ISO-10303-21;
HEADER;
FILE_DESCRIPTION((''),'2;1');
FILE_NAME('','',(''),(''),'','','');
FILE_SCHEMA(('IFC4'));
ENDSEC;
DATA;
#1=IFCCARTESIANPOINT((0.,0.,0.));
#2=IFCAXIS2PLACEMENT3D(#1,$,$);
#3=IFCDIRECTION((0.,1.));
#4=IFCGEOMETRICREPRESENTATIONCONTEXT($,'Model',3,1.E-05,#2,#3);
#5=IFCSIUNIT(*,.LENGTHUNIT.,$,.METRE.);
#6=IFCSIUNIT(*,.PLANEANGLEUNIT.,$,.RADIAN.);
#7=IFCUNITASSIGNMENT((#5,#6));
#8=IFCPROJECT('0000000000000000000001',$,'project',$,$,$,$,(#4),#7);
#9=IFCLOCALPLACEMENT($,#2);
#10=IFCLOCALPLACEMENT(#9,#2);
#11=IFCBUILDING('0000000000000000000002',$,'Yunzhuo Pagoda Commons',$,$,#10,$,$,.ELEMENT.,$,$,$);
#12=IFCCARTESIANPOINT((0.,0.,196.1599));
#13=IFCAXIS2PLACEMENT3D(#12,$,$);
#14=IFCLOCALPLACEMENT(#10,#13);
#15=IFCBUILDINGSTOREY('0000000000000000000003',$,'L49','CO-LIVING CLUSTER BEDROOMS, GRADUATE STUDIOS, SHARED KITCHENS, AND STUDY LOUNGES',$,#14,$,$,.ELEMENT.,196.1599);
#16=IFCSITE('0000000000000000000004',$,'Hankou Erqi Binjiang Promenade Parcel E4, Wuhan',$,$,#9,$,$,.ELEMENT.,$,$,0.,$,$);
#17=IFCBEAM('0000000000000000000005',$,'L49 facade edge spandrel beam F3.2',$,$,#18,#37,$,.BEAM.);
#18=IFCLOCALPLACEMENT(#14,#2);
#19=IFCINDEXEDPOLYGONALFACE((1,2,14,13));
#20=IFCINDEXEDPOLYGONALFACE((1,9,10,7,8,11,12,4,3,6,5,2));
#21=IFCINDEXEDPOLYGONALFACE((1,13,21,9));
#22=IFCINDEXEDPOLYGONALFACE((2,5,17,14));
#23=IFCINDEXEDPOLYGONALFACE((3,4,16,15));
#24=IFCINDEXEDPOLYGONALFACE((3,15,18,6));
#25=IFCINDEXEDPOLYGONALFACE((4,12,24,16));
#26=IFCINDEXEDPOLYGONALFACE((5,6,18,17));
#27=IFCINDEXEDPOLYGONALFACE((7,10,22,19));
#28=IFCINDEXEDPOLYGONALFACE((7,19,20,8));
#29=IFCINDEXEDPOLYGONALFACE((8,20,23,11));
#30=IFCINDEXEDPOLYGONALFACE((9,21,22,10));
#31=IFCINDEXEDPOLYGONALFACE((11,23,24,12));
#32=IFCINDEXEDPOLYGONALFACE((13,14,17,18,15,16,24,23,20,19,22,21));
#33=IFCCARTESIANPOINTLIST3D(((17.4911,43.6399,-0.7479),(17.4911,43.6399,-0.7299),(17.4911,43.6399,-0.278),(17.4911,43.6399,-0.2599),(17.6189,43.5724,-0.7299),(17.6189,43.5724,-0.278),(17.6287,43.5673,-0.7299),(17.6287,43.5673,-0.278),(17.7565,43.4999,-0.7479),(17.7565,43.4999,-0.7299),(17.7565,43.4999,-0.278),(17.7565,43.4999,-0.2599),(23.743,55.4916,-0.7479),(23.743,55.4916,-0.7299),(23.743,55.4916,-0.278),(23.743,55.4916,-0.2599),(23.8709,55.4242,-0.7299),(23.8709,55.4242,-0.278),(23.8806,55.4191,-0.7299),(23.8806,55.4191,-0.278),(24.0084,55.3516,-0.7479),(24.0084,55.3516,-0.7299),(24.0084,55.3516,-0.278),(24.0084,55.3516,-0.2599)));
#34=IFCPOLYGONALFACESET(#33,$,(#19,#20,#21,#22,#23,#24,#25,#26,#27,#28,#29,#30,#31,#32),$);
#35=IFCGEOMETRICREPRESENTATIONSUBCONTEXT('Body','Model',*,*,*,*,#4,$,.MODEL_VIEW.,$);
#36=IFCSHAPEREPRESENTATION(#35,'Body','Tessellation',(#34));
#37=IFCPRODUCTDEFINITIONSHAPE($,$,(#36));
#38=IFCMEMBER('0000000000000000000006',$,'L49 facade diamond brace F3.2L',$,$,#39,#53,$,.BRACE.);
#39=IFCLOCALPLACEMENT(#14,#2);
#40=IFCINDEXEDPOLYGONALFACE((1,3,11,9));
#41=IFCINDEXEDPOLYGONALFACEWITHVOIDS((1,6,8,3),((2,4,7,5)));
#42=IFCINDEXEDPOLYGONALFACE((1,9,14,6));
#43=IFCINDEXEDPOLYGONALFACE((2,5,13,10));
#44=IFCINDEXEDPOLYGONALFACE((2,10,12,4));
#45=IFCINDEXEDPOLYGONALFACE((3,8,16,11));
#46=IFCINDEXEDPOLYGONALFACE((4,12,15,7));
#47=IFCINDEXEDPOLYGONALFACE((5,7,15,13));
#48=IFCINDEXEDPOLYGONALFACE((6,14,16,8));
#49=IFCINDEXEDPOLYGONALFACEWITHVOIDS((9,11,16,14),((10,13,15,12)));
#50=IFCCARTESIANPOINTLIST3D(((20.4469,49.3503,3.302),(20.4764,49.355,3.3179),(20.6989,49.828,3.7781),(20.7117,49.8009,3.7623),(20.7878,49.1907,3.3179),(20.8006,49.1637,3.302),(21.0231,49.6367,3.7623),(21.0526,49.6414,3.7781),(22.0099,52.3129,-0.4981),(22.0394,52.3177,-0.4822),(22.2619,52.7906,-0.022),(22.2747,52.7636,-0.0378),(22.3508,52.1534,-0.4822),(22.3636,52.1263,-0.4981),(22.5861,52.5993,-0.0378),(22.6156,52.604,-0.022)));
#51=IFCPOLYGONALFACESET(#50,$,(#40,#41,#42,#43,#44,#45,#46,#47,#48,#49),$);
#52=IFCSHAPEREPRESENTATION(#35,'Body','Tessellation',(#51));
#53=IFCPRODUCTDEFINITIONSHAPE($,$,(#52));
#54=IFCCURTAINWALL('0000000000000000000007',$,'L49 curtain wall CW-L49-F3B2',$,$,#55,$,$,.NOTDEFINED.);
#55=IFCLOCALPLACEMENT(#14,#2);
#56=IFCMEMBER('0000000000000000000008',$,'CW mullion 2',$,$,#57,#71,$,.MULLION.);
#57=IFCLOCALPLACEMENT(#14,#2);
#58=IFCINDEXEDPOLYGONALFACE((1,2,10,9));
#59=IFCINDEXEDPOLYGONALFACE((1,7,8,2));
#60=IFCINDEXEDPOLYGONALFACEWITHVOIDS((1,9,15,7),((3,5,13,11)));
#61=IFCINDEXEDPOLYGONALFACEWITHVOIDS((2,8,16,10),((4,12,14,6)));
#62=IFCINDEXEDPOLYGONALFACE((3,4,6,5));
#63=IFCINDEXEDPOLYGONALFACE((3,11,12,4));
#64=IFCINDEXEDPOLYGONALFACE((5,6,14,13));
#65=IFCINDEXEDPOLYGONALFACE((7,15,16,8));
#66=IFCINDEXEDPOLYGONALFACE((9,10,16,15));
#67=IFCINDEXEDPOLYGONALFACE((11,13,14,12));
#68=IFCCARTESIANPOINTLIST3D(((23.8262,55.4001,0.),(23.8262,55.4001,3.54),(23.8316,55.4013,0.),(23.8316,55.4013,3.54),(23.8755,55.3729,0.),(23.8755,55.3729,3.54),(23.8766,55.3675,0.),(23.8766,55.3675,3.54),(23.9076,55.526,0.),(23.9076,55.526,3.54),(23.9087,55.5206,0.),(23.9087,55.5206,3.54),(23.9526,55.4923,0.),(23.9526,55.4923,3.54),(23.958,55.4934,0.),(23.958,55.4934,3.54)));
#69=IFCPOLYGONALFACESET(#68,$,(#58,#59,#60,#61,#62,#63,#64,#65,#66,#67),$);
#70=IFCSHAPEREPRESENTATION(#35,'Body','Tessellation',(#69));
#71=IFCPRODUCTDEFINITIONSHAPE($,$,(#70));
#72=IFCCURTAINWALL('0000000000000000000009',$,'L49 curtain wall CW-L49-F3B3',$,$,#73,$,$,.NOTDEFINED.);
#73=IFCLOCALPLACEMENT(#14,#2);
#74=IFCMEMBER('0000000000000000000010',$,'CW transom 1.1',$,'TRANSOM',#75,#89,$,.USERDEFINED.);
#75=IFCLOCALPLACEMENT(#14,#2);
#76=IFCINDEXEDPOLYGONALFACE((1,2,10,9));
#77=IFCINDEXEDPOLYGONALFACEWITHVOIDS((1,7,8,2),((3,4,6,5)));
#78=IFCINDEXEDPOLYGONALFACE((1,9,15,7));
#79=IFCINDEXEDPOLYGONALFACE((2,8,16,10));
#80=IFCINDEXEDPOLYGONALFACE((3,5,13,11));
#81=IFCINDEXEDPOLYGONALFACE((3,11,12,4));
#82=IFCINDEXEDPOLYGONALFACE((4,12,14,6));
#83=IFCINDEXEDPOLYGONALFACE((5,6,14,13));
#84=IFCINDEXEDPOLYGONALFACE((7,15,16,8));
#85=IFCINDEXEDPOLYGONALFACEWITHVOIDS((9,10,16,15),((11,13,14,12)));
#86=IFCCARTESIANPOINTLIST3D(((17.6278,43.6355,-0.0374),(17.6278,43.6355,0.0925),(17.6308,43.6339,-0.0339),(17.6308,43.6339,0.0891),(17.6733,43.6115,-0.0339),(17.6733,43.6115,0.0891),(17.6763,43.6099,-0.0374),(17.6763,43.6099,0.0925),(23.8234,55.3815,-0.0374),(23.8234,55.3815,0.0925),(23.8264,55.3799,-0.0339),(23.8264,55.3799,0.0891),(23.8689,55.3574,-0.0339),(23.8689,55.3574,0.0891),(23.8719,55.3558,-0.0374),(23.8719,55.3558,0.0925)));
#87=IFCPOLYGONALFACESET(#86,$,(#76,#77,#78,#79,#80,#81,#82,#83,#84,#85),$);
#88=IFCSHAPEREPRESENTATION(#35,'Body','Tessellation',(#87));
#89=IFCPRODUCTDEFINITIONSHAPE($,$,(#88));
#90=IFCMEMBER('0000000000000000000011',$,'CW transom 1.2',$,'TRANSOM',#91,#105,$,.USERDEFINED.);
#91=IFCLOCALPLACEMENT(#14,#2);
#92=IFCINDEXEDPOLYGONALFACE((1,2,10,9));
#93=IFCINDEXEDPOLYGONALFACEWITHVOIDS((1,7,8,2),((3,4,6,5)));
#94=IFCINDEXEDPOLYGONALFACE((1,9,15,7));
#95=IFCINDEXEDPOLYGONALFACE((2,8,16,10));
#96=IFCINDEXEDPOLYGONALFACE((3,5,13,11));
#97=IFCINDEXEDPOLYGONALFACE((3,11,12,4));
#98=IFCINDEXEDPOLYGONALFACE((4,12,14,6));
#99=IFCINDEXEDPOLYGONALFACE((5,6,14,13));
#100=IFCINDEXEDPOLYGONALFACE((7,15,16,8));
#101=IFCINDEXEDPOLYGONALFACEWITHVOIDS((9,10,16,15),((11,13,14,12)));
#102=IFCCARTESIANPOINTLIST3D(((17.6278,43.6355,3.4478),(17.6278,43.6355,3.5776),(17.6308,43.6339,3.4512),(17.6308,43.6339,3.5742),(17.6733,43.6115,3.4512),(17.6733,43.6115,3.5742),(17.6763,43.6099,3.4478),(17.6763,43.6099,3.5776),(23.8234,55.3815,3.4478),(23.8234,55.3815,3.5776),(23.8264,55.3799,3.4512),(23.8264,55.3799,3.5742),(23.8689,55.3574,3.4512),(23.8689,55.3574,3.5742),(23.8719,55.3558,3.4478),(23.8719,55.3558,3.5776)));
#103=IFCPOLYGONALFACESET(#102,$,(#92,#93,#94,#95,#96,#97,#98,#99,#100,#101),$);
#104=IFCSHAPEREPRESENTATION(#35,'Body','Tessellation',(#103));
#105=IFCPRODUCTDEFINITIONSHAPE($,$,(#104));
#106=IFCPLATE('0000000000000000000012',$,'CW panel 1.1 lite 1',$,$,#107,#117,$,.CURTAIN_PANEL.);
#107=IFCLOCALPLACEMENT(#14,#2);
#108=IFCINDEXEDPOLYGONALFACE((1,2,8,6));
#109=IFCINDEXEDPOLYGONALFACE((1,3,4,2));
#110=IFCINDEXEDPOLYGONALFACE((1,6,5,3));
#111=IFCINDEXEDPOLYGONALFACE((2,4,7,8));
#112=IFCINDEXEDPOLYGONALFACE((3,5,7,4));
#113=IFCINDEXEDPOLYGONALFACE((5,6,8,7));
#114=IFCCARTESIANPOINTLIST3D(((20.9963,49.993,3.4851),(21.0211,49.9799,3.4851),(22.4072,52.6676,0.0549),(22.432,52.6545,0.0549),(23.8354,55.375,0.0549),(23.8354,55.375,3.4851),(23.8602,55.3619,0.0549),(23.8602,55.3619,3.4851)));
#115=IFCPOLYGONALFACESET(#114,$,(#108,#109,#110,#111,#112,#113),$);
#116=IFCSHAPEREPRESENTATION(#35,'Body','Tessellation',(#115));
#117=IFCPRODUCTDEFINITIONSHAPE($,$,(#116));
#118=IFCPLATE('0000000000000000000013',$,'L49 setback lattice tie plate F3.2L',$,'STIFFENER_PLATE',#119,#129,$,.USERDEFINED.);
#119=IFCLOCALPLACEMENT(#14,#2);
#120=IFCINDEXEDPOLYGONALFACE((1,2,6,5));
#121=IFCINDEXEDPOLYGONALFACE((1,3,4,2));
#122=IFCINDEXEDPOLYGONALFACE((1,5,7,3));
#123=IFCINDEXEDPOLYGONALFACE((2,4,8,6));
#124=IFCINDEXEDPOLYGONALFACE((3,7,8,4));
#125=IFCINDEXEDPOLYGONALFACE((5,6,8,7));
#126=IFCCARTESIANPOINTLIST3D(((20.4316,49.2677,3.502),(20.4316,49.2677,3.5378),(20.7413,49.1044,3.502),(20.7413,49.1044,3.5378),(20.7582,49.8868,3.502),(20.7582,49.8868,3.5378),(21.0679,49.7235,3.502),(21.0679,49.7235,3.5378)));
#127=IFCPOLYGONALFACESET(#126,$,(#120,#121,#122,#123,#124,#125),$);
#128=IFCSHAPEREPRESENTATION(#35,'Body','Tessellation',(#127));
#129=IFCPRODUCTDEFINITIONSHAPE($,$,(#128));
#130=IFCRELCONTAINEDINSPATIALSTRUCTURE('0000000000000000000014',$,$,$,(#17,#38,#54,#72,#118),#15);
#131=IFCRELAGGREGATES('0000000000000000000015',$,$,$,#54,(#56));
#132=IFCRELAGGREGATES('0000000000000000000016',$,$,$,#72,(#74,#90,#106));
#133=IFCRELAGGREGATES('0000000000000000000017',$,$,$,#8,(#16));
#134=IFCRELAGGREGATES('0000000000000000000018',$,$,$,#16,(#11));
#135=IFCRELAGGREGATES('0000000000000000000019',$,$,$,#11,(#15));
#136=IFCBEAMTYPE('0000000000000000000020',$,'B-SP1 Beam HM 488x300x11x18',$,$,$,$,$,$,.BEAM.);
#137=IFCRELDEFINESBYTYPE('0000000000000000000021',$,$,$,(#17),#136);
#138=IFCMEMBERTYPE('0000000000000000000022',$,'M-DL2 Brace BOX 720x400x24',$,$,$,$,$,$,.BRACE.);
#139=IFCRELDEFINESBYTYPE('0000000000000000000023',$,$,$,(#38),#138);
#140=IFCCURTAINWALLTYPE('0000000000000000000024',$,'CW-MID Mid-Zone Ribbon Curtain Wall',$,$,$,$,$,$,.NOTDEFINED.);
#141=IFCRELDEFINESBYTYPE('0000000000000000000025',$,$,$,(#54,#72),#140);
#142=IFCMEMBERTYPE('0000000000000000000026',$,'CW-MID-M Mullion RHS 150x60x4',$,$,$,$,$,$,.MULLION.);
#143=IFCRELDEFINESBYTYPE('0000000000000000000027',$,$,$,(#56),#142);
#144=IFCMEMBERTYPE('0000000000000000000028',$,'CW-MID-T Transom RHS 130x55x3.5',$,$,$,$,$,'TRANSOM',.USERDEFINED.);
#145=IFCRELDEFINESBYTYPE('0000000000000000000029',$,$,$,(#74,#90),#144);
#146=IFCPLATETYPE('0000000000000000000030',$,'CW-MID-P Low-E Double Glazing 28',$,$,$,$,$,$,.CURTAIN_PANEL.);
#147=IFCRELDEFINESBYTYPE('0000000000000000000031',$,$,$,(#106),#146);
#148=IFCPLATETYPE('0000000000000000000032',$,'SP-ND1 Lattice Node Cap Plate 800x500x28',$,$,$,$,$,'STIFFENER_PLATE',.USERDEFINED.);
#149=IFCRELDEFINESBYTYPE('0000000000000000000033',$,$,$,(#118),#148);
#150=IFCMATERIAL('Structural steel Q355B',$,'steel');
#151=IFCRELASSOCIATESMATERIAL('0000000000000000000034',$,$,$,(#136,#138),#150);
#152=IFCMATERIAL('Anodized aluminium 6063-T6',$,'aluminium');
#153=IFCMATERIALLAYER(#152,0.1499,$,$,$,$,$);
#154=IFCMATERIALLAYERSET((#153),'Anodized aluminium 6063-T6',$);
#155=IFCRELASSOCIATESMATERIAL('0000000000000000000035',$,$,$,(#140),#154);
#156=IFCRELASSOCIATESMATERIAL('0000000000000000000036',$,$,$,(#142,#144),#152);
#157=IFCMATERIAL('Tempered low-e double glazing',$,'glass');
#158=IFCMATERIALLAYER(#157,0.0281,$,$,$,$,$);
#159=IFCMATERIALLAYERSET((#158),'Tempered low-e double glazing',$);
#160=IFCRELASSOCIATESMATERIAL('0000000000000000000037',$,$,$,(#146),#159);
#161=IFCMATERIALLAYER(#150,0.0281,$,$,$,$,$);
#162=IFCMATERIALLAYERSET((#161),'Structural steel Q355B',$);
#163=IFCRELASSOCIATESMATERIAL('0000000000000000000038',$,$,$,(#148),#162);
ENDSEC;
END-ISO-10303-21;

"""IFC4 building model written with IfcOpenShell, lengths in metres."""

from ifc_helpers import new_model, si_unit, direction, frame, origin, origin_2d, place, context, subcontext, project, spatial, polyline, rectangle, hollow_rectangle, i_section, outline, extrude, source, transform, mapped, material, layer, layer_set, material_profile, profile_set, type_object, element, aggregate, save


model = new_model("IFC4")

# Units and contexts
model_context = context("Model", 3, precision=1e-05, world=origin(), true_north=direction((0.0, 1.0)))
body_context = subcontext(model_context, "Body", "Model", "MODEL_VIEW")
ifc_project = project(units=[si_unit("LENGTHUNIT", "METRE"), si_unit("PLANEANGLEUNIT", "RADIAN")], contexts=[model_context])

# Site, building, storey
site_placement = place(None, origin())
site = spatial("IfcSite", under=ifc_project, at=site_placement, Name="Hankou Erqi Binjiang Promenade Parcel E4, Wuhan", CompositionType="ELEMENT", RefElevation=0.0)
building_placement = place(site_placement, origin())
building = spatial("IfcBuilding", under=site, at=building_placement, Name="Yunzhuo Pagoda Commons", CompositionType="ELEMENT")
storey_placement = place(building_placement, frame((0.0, 0.0, 196.1599)))
storey = spatial("IfcBuildingStorey", under=building, at=storey_placement, Name="L49", Description="CO-LIVING CLUSTER BEDROOMS, GRADUATE STUDIOS, SHARED KITCHENS, AND STUDY LOUNGES", CompositionType="ELEMENT", Elevation=196.1599)

# Beam
ifc_material_1 = material(Name="Structural steel Q355B", Category="steel")
ifc_material_profile_1 = material_profile(ifc_material_1, i_section(OverallWidth=0.3, OverallDepth=0.488, WebThickness=0.011, FlangeThickness=0.0181, at=origin_2d()), Name="Structural steel Q355B")
ifc_profile_set_1 = profile_set([ifc_material_profile_1], Name="Structural steel Q355B")
beam_type_1 = type_object("IfcBeamType", Name="B-SP1 Beam HM 488x300x11x18", PredefinedType="BEAM", material=ifc_profile_set_1)
shared_shape_1 = source(origin(), body_context, "Body", "SweptSolid", [
    extrude(i_section(OverallWidth=0.3, OverallDepth=0.488, WebThickness=0.011, FlangeThickness=0.0181, at=origin_2d()), origin(), (0.0, 0.0, 1.0), 13.3997),
])
beam_1_placement = place(storey_placement, frame((23.8757, 55.4216, -0.5039), z_axis=(-0.466574, -0.884482, 0.0), x_axis=(0.884482, -0.466574, 0.0)))
element("IfcBeam", 1, at=beam_1_placement, inside=storey, type_object=beam_type_1, Name="L49 facade edge spandrel beam F3.2", PredefinedType="BEAM", context=body_context, shape_type="MappedRepresentation", body=[
    mapped(shared_shape_1, transform((0.0, 0.0, 0.0), scale=1.0)),
])

# Member
ifc_material_profile_2 = material_profile(ifc_material_1, hollow_rectangle(XDim=0.3999, YDim=0.72, WallThickness=0.0239, at=origin_2d()), Name="Structural steel Q355B")
ifc_profile_set_2 = profile_set([ifc_material_profile_2], Name="Structural steel Q355B")
member_type_1 = type_object("IfcMemberType", Name="M-DL2 Brace BOX 720x400x24", PredefinedType="BRACE", material=ifc_profile_set_2)
shared_shape_2 = source(origin(), body_context, "Body", "SweptSolid", [
    extrude(hollow_rectangle(XDim=0.3999, YDim=0.72, WallThickness=0.0239, at=origin_2d()), origin(), (0.0, 0.0, 1.0), 5.0657),
])
member_1_placement = place(storey_placement, frame((22.3127, 52.4585, -0.26), z_axis=(-0.308548, -0.584853, 0.750164), x_axis=(0.884462, -0.466611, 0.0)))
element("IfcMember", 2, at=member_1_placement, inside=storey, type_object=member_type_1, Name="L49 facade diamond brace F3.2L", PredefinedType="BRACE", context=body_context, shape_type="MappedRepresentation", body=[
    mapped(shared_shape_2, transform((0.0, 0.0, 0.0), scale=1.0)),
])

# Curtain wall, member
ifc_material_2 = material(Name="Anodized aluminium 6063-T6", Category="aluminium")
ifc_layer_1 = layer(ifc_material_2, 0.1499)
ifc_layer_set_1 = layer_set([ifc_layer_1], Name="Anodized aluminium 6063-T6")
curtain_wall_type = type_object("IfcCurtainWallType", Name="CW-MID Mid-Zone Ribbon Curtain Wall", PredefinedType="NOTDEFINED", material=ifc_layer_set_1)
curtain_wall_1_placement = place(storey_placement, origin())
curtain_wall_1 = element("IfcCurtainWall", 3, at=curtain_wall_1_placement, inside=storey, type_object=curtain_wall_type, Name="L49 curtain wall CW-L49-F3B2", PredefinedType="NOTDEFINED")
ifc_material_profile_3 = material_profile(ifc_material_2, hollow_rectangle(XDim=0.0601, YDim=0.1499, WallThickness=0.0039, at=origin_2d()), Name="Anodized aluminium 6063-T6")
ifc_profile_set_3 = profile_set([ifc_material_profile_3], Name="Anodized aluminium 6063-T6")
member_type_2 = type_object("IfcMemberType", Name="CW-MID-M Mullion RHS 150x60x4", PredefinedType="MULLION", material=ifc_profile_set_3)
shared_shape_3 = source(origin(), body_context, "Body", "SweptSolid", [
    extrude(hollow_rectangle(XDim=0.0601, YDim=0.1499, WallThickness=0.0039, at=origin_2d()), origin(), (0.0, 0.0, 1.0), 3.54),
])
member_2_placement = place(storey_placement, frame((23.8921, 55.4468, 0.0), z_axis=(0.0, 0.0, 1.0), x_axis=(0.839794, -0.542905, 0.0)))
member_2 = element("IfcMember", 4, at=member_2_placement, type_object=member_type_2, Name="CW mullion 2", PredefinedType="MULLION", context=body_context, shape_type="MappedRepresentation", body=[
    mapped(shared_shape_3, transform((0.0, 0.0, 0.0), scale=1.0)),
])
aggregate(curtain_wall_1, [member_2])

# Curtain wall, members, plate
curtain_wall_2_placement = place(storey_placement, origin())
curtain_wall_2 = element("IfcCurtainWall", 5, at=curtain_wall_2_placement, inside=storey, type_object=curtain_wall_type, Name="L49 curtain wall CW-L49-F3B3", PredefinedType="NOTDEFINED")
ifc_material_profile_4 = material_profile(ifc_material_2, hollow_rectangle(XDim=0.0549, YDim=0.1299, WallThickness=0.0034, at=origin_2d()), Name="Anodized aluminium 6063-T6")
ifc_profile_set_4 = profile_set([ifc_material_profile_4], Name="Anodized aluminium 6063-T6")
member_type_3 = type_object("IfcMemberType", Name="CW-MID-T Transom RHS 130x55x3.5", ElementType="TRANSOM", PredefinedType="USERDEFINED", material=ifc_profile_set_4)
shared_shape_4 = source(origin(), body_context, "Body", "SweptSolid", [
    extrude(hollow_rectangle(XDim=0.0549, YDim=0.1299, WallThickness=0.0034, at=origin_2d()), origin(), (0.0, 0.0, 1.0), 13.2798),
])
member_3_placement = place(storey_placement, frame((23.8477, 55.3687, 0.0276), z_axis=(-0.466544, -0.884498, 0.0), x_axis=(0.884498, -0.466544, 0.0)))
member_3 = element("IfcMember", 6, at=member_3_placement, type_object=member_type_3, Name="CW transom 1.1", ObjectType="TRANSOM", PredefinedType="USERDEFINED", context=body_context, shape_type="MappedRepresentation", body=[
    mapped(shared_shape_4, transform((0.0, 0.0, 0.0), scale=1.0)),
])
member_4_placement = place(storey_placement, frame((23.8477, 55.3687, 3.5127), z_axis=(-0.466544, -0.884498, 0.0), x_axis=(0.884498, -0.466544, 0.0)))
member_4 = element("IfcMember", 7, at=member_4_placement, type_object=member_type_3, Name="CW transom 1.2", ObjectType="TRANSOM", PredefinedType="USERDEFINED", context=body_context, shape_type="MappedRepresentation", body=[
    mapped(shared_shape_4, transform((0.0, 0.0, 0.0), scale=1.0)),
])
ifc_material_3 = material(Name="Tempered low-e double glazing", Category="glass")
ifc_layer_2 = layer(ifc_material_3, 0.0281)
ifc_layer_set_2 = layer_set([ifc_layer_2], Name="Tempered low-e double glazing")
plate_type_1 = type_object("IfcPlateType", Name="CW-MID-P Low-E Double Glazing 28", PredefinedType="CURTAIN_PANEL", material=ifc_layer_set_2)
plate_1_placement = place(storey_placement, frame((22.4407, 52.6709, 1.77), z_axis=(-0.884484, 0.466571, 0.0), x_axis=(-0.466571, -0.884484, 0.0)))
plate_1 = element("IfcPlate", 8, at=plate_1_placement, type_object=plate_type_1, Name="CW panel 1.1 lite 1", PredefinedType="CURTAIN_PANEL", context=body_context, shape_type="SweptSolid", body=[
    extrude(outline(polyline([(-3.0425, -1.7151), (0.0186, -1.7151), (3.0425, 1.7151), (-3.0425, 1.7151), (-3.0425, -1.7151)])), origin(), (0.0, 0.0, 1.0), 0.0281),
])
aggregate(curtain_wall_2, [member_3, member_4, plate_1])

# Plate
ifc_layer_3 = layer(ifc_material_1, 0.0281)
ifc_layer_set_3 = layer_set([ifc_layer_3], Name="Structural steel Q355B")
plate_type_2 = type_object("IfcPlateType", Name="SP-ND1 Lattice Node Cap Plate 800x500x28", ElementType="STIFFENER_PLATE", PredefinedType="USERDEFINED", material=ifc_layer_set_3)
shared_shape_5 = source(origin(), body_context, "Body", "SweptSolid", [
    extrude(rectangle(XDim=0.7, YDim=0.3501, at=origin_2d()), origin(), (0.0, 0.0, 1.0), 0.0359),
])
plate_2_placement = place(storey_placement, frame((20.7498, 49.4956, 3.502), z_axis=(0.0, 0.0, 1.0), x_axis=(-0.466572, -0.884483, 0.0)))
element("IfcPlate", 9, at=plate_2_placement, inside=storey, type_object=plate_type_2, Name="L49 setback lattice tie plate F3.2L", ObjectType="STIFFENER_PLATE", PredefinedType="USERDEFINED", context=body_context, shape_type="MappedRepresentation", body=[
    mapped(shared_shape_5, transform((0.0, 0.0, 0.0), scale=1.0)),
])

save(model, "model.ifc")
